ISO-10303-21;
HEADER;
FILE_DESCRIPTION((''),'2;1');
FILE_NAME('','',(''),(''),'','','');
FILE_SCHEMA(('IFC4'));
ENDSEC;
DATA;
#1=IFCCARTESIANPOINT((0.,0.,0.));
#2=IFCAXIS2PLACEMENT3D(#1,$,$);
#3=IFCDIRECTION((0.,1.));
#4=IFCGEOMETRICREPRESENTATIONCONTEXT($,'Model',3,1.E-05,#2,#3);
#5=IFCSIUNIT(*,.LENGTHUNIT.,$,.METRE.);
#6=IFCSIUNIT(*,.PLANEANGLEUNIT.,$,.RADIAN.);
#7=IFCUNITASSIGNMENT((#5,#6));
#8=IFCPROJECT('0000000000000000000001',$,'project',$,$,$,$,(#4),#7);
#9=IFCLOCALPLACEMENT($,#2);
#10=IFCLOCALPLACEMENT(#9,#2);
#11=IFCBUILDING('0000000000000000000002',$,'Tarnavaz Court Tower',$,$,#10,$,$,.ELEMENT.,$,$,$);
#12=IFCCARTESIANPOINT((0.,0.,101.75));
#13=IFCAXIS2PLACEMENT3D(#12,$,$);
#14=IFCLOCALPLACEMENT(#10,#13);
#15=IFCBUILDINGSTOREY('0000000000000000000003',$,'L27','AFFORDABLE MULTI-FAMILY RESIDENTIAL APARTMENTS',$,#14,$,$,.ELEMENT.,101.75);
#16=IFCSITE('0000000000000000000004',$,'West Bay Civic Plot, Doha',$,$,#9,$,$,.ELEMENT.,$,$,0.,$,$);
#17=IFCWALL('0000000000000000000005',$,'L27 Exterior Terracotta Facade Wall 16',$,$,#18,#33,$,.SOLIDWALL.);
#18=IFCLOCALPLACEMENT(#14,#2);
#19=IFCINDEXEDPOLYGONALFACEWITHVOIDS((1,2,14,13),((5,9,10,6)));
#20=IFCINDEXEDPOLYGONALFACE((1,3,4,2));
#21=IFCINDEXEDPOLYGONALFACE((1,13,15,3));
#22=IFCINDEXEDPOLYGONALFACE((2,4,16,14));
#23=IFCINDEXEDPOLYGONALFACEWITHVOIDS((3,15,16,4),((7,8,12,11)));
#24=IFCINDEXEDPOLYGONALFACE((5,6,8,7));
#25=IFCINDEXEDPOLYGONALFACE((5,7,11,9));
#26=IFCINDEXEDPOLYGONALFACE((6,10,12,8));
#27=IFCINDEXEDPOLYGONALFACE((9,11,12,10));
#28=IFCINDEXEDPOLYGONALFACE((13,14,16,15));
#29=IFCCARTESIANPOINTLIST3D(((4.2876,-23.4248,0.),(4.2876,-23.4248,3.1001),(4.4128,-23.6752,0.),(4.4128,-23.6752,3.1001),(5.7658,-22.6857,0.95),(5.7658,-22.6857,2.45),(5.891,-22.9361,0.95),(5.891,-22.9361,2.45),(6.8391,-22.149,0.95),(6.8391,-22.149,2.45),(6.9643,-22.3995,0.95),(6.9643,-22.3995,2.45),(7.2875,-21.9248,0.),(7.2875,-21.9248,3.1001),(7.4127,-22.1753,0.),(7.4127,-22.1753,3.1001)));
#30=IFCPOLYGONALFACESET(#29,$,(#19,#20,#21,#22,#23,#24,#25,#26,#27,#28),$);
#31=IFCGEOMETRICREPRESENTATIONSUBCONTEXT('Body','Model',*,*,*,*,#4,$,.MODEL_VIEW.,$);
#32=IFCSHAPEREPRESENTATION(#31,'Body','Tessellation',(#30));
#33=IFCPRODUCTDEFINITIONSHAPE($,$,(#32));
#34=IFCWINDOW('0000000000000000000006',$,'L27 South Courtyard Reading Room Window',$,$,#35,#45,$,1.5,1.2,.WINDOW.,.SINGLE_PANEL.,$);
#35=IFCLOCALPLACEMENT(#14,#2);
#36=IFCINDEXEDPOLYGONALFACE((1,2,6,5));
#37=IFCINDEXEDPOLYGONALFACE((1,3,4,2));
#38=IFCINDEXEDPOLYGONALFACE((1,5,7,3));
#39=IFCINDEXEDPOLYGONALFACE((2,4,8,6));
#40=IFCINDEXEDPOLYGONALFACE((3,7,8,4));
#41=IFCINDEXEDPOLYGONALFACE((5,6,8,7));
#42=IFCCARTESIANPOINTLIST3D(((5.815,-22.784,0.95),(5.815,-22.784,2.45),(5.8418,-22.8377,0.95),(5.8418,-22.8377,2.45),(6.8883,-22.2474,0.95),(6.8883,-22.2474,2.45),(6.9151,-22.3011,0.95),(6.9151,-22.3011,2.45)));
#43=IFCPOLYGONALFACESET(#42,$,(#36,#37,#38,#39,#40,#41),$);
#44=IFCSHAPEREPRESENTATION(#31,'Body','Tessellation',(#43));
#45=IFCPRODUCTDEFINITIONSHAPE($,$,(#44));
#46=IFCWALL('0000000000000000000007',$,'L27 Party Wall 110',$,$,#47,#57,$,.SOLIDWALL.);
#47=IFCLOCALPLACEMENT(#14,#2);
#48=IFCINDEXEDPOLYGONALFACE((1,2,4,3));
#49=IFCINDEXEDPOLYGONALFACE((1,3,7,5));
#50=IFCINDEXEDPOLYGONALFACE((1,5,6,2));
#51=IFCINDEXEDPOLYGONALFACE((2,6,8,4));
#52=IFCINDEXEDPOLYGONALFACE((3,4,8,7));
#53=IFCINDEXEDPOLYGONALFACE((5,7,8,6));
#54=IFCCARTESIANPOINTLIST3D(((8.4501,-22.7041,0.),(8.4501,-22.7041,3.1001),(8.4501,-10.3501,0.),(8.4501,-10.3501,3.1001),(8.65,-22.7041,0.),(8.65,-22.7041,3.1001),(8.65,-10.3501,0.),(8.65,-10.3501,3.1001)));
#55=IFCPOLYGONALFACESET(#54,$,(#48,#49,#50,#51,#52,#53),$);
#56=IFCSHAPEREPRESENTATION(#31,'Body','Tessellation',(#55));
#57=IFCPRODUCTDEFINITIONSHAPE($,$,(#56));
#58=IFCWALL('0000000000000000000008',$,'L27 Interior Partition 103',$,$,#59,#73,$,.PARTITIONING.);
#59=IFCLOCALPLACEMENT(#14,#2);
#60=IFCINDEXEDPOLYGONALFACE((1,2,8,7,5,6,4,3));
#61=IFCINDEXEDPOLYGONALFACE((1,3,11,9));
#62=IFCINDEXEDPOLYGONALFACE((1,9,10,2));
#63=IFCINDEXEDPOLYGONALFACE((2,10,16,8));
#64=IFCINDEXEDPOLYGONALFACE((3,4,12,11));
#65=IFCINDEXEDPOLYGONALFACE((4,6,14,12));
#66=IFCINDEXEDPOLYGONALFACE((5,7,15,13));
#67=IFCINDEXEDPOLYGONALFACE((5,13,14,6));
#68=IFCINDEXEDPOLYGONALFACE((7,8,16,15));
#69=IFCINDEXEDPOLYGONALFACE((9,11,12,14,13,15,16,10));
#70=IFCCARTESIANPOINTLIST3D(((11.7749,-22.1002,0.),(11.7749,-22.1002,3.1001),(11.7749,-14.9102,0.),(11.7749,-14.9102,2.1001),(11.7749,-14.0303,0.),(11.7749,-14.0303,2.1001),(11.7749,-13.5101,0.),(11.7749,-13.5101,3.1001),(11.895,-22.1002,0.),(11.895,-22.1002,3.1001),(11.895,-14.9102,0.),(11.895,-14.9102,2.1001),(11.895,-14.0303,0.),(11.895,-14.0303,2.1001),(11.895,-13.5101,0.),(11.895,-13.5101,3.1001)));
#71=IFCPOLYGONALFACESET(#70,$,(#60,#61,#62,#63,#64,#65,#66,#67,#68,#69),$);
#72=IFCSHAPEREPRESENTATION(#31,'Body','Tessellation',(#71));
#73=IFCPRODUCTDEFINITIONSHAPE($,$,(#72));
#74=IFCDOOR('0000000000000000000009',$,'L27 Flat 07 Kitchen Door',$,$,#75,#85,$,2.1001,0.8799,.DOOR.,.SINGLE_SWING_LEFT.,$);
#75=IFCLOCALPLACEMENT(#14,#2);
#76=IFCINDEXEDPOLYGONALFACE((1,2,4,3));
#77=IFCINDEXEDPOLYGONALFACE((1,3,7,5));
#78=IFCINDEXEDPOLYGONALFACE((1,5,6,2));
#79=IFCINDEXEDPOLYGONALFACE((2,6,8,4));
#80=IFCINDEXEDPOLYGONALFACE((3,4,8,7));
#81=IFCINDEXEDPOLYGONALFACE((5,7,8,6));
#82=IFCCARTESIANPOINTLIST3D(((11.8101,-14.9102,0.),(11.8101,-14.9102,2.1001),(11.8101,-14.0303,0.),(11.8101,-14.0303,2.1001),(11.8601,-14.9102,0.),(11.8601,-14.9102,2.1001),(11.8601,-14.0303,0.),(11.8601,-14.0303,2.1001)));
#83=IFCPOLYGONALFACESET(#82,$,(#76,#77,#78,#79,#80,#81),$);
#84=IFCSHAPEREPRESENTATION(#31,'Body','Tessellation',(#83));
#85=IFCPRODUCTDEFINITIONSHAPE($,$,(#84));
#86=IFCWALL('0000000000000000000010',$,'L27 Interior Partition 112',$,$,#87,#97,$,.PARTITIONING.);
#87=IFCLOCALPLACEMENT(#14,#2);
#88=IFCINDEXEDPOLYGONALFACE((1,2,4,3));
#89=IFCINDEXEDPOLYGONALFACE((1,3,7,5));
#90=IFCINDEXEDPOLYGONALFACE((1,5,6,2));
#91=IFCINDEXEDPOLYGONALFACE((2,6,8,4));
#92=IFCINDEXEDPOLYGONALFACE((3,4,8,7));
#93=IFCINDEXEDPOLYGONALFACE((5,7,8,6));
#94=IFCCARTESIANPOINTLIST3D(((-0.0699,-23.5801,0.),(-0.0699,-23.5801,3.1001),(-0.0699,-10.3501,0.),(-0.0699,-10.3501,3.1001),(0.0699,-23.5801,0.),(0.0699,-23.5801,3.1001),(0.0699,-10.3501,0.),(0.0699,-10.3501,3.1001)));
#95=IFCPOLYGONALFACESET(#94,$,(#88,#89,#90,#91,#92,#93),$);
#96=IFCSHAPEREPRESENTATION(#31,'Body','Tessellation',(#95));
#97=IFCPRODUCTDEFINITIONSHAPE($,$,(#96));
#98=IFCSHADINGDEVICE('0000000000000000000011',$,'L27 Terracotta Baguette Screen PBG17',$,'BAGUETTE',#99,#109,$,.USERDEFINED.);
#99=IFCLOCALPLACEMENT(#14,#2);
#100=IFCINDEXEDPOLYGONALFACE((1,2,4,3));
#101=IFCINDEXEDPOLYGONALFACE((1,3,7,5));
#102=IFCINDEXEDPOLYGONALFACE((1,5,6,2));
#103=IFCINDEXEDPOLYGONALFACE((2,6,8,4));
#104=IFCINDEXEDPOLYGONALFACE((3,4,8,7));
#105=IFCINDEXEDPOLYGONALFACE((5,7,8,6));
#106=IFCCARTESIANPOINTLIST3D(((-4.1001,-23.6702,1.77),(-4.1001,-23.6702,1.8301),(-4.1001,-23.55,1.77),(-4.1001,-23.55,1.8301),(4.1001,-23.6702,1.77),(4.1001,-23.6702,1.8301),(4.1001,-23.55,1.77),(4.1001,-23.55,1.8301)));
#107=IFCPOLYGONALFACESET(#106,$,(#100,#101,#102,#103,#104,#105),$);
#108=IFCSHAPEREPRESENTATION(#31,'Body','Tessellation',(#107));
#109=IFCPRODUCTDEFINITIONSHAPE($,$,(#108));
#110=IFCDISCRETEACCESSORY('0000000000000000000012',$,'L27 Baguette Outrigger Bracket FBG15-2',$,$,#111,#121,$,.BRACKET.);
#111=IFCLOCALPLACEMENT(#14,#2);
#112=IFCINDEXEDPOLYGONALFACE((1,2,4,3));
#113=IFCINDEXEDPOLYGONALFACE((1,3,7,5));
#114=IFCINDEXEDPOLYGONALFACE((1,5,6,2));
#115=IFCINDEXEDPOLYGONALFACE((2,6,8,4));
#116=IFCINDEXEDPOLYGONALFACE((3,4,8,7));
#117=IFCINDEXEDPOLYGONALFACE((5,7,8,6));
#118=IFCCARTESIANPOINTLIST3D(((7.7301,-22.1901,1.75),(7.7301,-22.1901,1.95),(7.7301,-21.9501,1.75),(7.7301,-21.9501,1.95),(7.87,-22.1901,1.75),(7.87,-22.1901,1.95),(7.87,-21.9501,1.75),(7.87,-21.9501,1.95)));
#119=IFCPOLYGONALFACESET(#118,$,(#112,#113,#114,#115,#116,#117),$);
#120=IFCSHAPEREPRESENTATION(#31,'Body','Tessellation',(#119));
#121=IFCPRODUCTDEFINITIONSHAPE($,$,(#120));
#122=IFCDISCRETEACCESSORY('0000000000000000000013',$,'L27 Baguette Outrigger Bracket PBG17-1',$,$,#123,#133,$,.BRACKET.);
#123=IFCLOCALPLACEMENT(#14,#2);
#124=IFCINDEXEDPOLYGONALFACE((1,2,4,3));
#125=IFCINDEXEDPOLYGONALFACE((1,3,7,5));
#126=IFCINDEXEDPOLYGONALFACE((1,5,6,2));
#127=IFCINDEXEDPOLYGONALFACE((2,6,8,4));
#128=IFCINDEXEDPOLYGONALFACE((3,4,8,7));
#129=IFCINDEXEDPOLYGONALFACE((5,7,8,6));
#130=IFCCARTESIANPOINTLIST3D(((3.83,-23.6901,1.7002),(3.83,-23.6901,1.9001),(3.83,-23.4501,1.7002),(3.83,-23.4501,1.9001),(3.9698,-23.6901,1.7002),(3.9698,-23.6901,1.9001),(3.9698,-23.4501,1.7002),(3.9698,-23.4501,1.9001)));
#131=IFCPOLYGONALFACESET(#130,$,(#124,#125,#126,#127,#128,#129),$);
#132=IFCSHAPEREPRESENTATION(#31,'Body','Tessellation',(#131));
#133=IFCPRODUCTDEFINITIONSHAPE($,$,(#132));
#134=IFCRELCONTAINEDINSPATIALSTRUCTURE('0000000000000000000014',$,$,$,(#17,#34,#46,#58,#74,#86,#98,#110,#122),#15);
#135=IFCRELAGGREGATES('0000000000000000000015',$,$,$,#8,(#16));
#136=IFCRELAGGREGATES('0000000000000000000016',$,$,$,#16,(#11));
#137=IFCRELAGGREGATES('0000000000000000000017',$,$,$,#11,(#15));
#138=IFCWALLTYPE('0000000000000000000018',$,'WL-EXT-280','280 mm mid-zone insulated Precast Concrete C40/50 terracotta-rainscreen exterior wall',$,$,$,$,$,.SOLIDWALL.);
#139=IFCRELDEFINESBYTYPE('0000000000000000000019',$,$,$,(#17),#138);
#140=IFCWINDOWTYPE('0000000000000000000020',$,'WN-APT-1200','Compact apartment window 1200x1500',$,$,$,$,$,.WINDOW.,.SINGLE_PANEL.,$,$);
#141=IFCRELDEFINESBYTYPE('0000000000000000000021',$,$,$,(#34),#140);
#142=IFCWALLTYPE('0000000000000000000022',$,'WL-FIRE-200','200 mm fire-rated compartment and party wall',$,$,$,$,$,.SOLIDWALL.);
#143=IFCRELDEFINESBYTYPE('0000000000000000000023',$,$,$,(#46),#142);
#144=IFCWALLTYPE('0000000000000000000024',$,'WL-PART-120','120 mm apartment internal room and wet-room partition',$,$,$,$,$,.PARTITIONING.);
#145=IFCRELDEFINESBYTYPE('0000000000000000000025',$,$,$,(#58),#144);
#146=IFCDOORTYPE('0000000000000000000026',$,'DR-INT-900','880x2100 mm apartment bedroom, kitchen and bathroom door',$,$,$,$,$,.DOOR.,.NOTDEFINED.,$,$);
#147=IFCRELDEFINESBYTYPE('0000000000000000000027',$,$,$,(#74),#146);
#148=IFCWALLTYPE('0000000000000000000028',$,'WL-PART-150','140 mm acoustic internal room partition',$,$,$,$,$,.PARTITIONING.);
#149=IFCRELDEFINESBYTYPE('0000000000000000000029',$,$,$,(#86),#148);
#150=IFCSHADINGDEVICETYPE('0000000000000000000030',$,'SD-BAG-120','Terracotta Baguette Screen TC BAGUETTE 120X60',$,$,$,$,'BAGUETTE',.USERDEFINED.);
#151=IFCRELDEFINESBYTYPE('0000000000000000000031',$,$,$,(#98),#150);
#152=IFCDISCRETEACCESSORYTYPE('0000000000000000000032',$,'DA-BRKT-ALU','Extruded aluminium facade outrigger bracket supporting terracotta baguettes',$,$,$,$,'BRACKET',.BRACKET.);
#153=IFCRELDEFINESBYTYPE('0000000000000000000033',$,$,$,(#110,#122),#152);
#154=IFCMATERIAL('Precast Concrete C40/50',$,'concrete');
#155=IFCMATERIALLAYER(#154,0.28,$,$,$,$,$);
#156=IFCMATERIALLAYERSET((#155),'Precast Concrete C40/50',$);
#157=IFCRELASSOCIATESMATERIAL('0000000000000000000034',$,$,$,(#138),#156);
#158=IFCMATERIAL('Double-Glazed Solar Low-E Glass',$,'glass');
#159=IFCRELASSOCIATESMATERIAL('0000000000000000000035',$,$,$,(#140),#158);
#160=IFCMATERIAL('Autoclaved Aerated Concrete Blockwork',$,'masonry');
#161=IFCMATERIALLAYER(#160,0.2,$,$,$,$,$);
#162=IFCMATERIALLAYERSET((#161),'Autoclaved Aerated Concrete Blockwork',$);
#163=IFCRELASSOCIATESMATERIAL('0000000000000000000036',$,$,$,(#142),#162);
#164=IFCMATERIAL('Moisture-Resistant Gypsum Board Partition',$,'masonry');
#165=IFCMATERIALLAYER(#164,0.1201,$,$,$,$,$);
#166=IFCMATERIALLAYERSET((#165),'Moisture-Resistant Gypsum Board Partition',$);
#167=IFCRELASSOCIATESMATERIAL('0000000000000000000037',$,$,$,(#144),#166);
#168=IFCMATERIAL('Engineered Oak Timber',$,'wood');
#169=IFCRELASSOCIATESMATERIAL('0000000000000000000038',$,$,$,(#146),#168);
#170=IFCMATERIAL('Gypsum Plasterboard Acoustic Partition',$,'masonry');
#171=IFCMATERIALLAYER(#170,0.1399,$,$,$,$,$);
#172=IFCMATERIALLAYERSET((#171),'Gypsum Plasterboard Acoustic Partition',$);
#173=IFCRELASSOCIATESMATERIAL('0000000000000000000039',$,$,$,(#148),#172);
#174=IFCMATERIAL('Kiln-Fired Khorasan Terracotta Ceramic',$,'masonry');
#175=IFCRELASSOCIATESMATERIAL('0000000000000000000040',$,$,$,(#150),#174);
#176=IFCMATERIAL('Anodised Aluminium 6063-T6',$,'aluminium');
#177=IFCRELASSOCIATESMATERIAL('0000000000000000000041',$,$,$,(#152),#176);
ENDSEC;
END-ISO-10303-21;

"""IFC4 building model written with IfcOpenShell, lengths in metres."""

from ifc_helpers import new_model, si_unit, direction, frame, frame_2d, origin, origin_2d, place, context, subcontext, project, spatial, rectangle, extrude, material, layer, layer_set, material_profile, profile_set, type_object, element, fill, save


model = new_model("IFC4")

# Units and contexts
model_context = context("Model", 3, precision=1e-05, world=origin(), true_north=direction((0.0, 1.0)))
body_context = subcontext(model_context, "Body", "Model", "MODEL_VIEW")
ifc_project = project(units=[si_unit("LENGTHUNIT", "METRE"), si_unit("PLANEANGLEUNIT", "RADIAN")], contexts=[model_context])

# Site, building, storey
site_placement = place(None, origin())
site = spatial("IfcSite", under=ifc_project, at=site_placement, Name="West Bay Civic Plot, Doha", CompositionType="ELEMENT", RefElevation=0.0)
building_placement = place(site_placement, origin())
building = spatial("IfcBuilding", under=site, at=building_placement, Name="Tarnavaz Court Tower", CompositionType="ELEMENT")
storey_placement = place(building_placement, frame((0.0, 0.0, 101.75)))
storey = spatial("IfcBuildingStorey", under=building, at=storey_placement, Name="L27", Description="AFFORDABLE MULTI-FAMILY RESIDENTIAL APARTMENTS", CompositionType="ELEMENT", Elevation=101.75)

# Shared definitions
ifc_material_1 = material(Name="Anodised Aluminium 6063-T6", Category="aluminium")
ifc_material_2 = material(Name="Double-Glazed Solar Low-E Glass", Category="glass")

# Wall, opening, window
ifc_material_3 = material(Name="Precast Concrete C40/50", Category="concrete")
ifc_layer_1 = layer(ifc_material_3, 0.28)
ifc_layer_set_1 = layer_set([ifc_layer_1], Name="Precast Concrete C40/50")
wall_type_1 = type_object("IfcWallType", Name="WL-EXT-280", Description="280 mm mid-zone insulated Precast Concrete C40/50 terracotta-rainscreen exterior wall", PredefinedType="SOLIDWALL", material=ifc_layer_set_1)
wall_1_placement = place(storey_placement, frame((7.3501, -22.05, 0.0), z_axis=(0.0, 0.0, 1.0), x_axis=(-0.894427, -0.447214, 0.0)))
wall_1 = element("IfcWall", 1, at=wall_1_placement, inside=storey, type_object=wall_type_1, Name="L27 Exterior Terracotta Facade Wall 16", PredefinedType="SOLIDWALL", context=body_context, shape_type="SweptSolid", body=[
    extrude(rectangle(XDim=3.354, YDim=0.28, at=frame_2d((1.677, 0.0))), origin(), (0.0, 0.0, 1.0), 3.1001),
])
opening_1_placement = place(wall_1_placement, frame((0.5012, 0.0, 0.95)))
opening_1 = element("IfcOpeningElement", 2, at=opening_1_placement, cuts=wall_1, PredefinedType="OPENING", context=body_context, shape_type="SweptSolid", body=[
    extrude(rectangle(XDim=1.2, YDim=1.5, at=frame_2d((0.6001, 0.75))), frame((0.0, 0.1499, 0.0), z_axis=(0.0, -1.0, 0.0), x_axis=(1.0, 0.0, 0.0)), (0.0, 0.0, 1.0), 0.3),
])
window_type = type_object("IfcWindowType", Name="WN-APT-1200", Description="Compact apartment window 1200x1500", PartitioningType="SINGLE_PANEL", PredefinedType="WINDOW", material=ifc_material_2)
window_placement = place(opening_1_placement, origin())
window = element("IfcWindow", 3, at=window_placement, inside=storey, type_object=window_type, Name="L27 South Courtyard Reading Room Window", OverallHeight=1.5, OverallWidth=1.2, PartitioningType="SINGLE_PANEL", PredefinedType="WINDOW", context=body_context, shape_type="SweptSolid", body=[
    extrude(rectangle(XDim=1.2, YDim=1.5, at=frame_2d((0.6001, 0.75))), frame((0.0, 0.03, 0.0), z_axis=(0.0, -1.0, 0.0), x_axis=(1.0, 0.0, 0.0)), (0.0, 0.0, 1.0), 0.0601),
])
fill(opening_1, window)

# Wall
ifc_material_4 = material(Name="Autoclaved Aerated Concrete Blockwork", Category="masonry")
ifc_layer_2 = layer(ifc_material_4, 0.2)
ifc_layer_set_2 = layer_set([ifc_layer_2], Name="Autoclaved Aerated Concrete Blockwork")
wall_type_2 = type_object("IfcWallType", Name="WL-FIRE-200", Description="200 mm fire-rated compartment and party wall", PredefinedType="SOLIDWALL", material=ifc_layer_set_2)
wall_2_placement = place(storey_placement, frame((8.55, -22.7041, 0.0), z_axis=(0.0, 0.0, 1.0), x_axis=(0.0, 1.0, 0.0)))
element("IfcWall", 4, at=wall_2_placement, inside=storey, type_object=wall_type_2, Name="L27 Party Wall 110", PredefinedType="SOLIDWALL", context=body_context, shape_type="SweptSolid", body=[
    extrude(rectangle(XDim=12.354, YDim=0.2, at=frame_2d((6.177, 0.0))), origin(), (0.0, 0.0, 1.0), 3.1001),
])

# Wall, opening, door
ifc_material_5 = material(Name="Moisture-Resistant Gypsum Board Partition", Category="masonry")
ifc_layer_3 = layer(ifc_material_5, 0.1201)
ifc_layer_set_3 = layer_set([ifc_layer_3], Name="Moisture-Resistant Gypsum Board Partition")
wall_type_3 = type_object("IfcWallType", Name="WL-PART-120", Description="120 mm apartment internal room and wet-room partition", PredefinedType="PARTITIONING", material=ifc_layer_set_3)
wall_3_placement = place(storey_placement, frame((11.835, -22.1001, 0.0), z_axis=(0.0, 0.0, 1.0), x_axis=(0.0, 1.0, 0.0)))
wall_3 = element("IfcWall", 5, at=wall_3_placement, inside=storey, type_object=wall_type_3, Name="L27 Interior Partition 103", PredefinedType="PARTITIONING", context=body_context, shape_type="SweptSolid", body=[
    extrude(rectangle(XDim=8.5901, YDim=0.1201, at=frame_2d((4.2949, 0.0))), origin(), (0.0, 0.0, 1.0), 3.1001),
])
opening_2_placement = place(wall_3_placement, frame((7.1899, 0.0, 0.0)))
opening_2 = element("IfcOpeningElement", 6, at=opening_2_placement, cuts=wall_3, PredefinedType="OPENING", context=body_context, shape_type="SweptSolid", body=[
    extrude(rectangle(XDim=0.8799, YDim=2.1001, at=frame_2d((0.4399, 1.05))), frame((0.0, 0.0701, 0.0), z_axis=(0.0, -1.0, 0.0), x_axis=(1.0, 0.0, 0.0)), (0.0, 0.0, 1.0), 0.1401),
])
ifc_material_6 = material(Name="Engineered Oak Timber", Category="wood")
door_type = type_object("IfcDoorType", Name="DR-INT-900", Description="880x2100 mm apartment bedroom, kitchen and bathroom door", OperationType="NOTDEFINED", PredefinedType="DOOR", material=ifc_material_6)
door_placement = place(opening_2_placement, origin())
door = element("IfcDoor", 7, at=door_placement, inside=storey, type_object=door_type, Name="L27 Flat 07 Kitchen Door", OperationType="SINGLE_SWING_LEFT", OverallHeight=2.1001, OverallWidth=0.8799, PredefinedType="DOOR", context=body_context, shape_type="SweptSolid", body=[
    extrude(rectangle(XDim=0.8799, YDim=2.1001, at=frame_2d((0.4399, 1.05))), frame((0.0, 0.0249, 0.0), z_axis=(0.0, -1.0, 0.0), x_axis=(1.0, 0.0, 0.0)), (0.0, 0.0, 1.0), 0.05),
])
fill(opening_2, door)

# Wall
ifc_material_7 = material(Name="Gypsum Plasterboard Acoustic Partition", Category="masonry")
ifc_layer_4 = layer(ifc_material_7, 0.1399)
ifc_layer_set_4 = layer_set([ifc_layer_4], Name="Gypsum Plasterboard Acoustic Partition")
wall_type_4 = type_object("IfcWallType", Name="WL-PART-150", Description="140 mm acoustic internal room partition", PredefinedType="PARTITIONING", material=ifc_layer_set_4)
wall_4_placement = place(storey_placement, frame((0.0, -23.5801, 0.0), z_axis=(0.0, 0.0, 1.0), x_axis=(0.0, 1.0, 0.0)))
element("IfcWall", 8, at=wall_4_placement, inside=storey, type_object=wall_type_4, Name="L27 Interior Partition 112", PredefinedType="PARTITIONING", context=body_context, shape_type="SweptSolid", body=[
    extrude(rectangle(XDim=13.23, YDim=0.1399, at=frame_2d((6.615, 0.0))), origin(), (0.0, 0.0, 1.0), 3.1001),
])

# Shading device
ifc_material_8 = material(Name="Kiln-Fired Khorasan Terracotta Ceramic", Category="masonry")
ifc_material_profile_1 = material_profile(ifc_material_8, rectangle(XDim=0.1201, YDim=0.0601, at=origin_2d()), Name="TC BAGUETTE 120X60")
ifc_profile_set_1 = profile_set([ifc_material_profile_1], Name="Kiln-Fired Khorasan Terracotta Ceramic")
shading_device_type = type_object("IfcShadingDeviceType", Name="SD-BAG-120", Description="Terracotta Baguette Screen TC BAGUETTE 120X60", ElementType="BAGUETTE", PredefinedType="USERDEFINED", material=ifc_profile_set_1)
shading_device_placement = place(storey_placement, frame((4.1001, -23.6101, 1.8), z_axis=(-1.0, 0.0, 0.0), x_axis=(0.0, -1.0, 0.0)))
element("IfcShadingDevice", 9, at=shading_device_placement, inside=storey, type_object=shading_device_type, Name="L27 Terracotta Baguette Screen PBG17", ObjectType="BAGUETTE", PredefinedType="USERDEFINED", context=body_context, shape_type="SweptSolid", body=[
    extrude(rectangle(XDim=0.1201, YDim=0.0601, at=origin_2d()), origin(), (0.0, 0.0, 1.0), 8.2002),
])

# Discrete accessories
discrete_accessory_type = type_object("IfcDiscreteAccessoryType", Name="DA-BRKT-ALU", Description="Extruded aluminium facade outrigger bracket supporting terracotta baguettes", ElementType="BRACKET", PredefinedType="BRACKET", material=ifc_material_1)
for number, where, z_axis, x_axis, name in (
    (10, (7.8, -22.0701, 1.75), (0.0, 0.0, 1.0), (-1.0, 0.0, 0.0), "L27 Baguette Outrigger Bracket FBG15-2"),
    (11, (3.8999, -23.5701, 1.7002), (0.0, 0.0, 1.0), (-1.0, 0.0, 0.0), "L27 Baguette Outrigger Bracket PBG17-1"),
):
    element("IfcDiscreteAccessory", number, at=place(storey_placement, frame(where, z_axis=z_axis, x_axis=x_axis)), inside=storey, type_object=discrete_accessory_type, Name=name, PredefinedType="BRACKET", context=body_context, shape_type="SweptSolid", body=[
        extrude(rectangle(XDim=0.1399, YDim=0.24, at=origin_2d()), origin(), (0.0, 0.0, 1.0), 0.2),
    ])

save(model, "model.ifc")
